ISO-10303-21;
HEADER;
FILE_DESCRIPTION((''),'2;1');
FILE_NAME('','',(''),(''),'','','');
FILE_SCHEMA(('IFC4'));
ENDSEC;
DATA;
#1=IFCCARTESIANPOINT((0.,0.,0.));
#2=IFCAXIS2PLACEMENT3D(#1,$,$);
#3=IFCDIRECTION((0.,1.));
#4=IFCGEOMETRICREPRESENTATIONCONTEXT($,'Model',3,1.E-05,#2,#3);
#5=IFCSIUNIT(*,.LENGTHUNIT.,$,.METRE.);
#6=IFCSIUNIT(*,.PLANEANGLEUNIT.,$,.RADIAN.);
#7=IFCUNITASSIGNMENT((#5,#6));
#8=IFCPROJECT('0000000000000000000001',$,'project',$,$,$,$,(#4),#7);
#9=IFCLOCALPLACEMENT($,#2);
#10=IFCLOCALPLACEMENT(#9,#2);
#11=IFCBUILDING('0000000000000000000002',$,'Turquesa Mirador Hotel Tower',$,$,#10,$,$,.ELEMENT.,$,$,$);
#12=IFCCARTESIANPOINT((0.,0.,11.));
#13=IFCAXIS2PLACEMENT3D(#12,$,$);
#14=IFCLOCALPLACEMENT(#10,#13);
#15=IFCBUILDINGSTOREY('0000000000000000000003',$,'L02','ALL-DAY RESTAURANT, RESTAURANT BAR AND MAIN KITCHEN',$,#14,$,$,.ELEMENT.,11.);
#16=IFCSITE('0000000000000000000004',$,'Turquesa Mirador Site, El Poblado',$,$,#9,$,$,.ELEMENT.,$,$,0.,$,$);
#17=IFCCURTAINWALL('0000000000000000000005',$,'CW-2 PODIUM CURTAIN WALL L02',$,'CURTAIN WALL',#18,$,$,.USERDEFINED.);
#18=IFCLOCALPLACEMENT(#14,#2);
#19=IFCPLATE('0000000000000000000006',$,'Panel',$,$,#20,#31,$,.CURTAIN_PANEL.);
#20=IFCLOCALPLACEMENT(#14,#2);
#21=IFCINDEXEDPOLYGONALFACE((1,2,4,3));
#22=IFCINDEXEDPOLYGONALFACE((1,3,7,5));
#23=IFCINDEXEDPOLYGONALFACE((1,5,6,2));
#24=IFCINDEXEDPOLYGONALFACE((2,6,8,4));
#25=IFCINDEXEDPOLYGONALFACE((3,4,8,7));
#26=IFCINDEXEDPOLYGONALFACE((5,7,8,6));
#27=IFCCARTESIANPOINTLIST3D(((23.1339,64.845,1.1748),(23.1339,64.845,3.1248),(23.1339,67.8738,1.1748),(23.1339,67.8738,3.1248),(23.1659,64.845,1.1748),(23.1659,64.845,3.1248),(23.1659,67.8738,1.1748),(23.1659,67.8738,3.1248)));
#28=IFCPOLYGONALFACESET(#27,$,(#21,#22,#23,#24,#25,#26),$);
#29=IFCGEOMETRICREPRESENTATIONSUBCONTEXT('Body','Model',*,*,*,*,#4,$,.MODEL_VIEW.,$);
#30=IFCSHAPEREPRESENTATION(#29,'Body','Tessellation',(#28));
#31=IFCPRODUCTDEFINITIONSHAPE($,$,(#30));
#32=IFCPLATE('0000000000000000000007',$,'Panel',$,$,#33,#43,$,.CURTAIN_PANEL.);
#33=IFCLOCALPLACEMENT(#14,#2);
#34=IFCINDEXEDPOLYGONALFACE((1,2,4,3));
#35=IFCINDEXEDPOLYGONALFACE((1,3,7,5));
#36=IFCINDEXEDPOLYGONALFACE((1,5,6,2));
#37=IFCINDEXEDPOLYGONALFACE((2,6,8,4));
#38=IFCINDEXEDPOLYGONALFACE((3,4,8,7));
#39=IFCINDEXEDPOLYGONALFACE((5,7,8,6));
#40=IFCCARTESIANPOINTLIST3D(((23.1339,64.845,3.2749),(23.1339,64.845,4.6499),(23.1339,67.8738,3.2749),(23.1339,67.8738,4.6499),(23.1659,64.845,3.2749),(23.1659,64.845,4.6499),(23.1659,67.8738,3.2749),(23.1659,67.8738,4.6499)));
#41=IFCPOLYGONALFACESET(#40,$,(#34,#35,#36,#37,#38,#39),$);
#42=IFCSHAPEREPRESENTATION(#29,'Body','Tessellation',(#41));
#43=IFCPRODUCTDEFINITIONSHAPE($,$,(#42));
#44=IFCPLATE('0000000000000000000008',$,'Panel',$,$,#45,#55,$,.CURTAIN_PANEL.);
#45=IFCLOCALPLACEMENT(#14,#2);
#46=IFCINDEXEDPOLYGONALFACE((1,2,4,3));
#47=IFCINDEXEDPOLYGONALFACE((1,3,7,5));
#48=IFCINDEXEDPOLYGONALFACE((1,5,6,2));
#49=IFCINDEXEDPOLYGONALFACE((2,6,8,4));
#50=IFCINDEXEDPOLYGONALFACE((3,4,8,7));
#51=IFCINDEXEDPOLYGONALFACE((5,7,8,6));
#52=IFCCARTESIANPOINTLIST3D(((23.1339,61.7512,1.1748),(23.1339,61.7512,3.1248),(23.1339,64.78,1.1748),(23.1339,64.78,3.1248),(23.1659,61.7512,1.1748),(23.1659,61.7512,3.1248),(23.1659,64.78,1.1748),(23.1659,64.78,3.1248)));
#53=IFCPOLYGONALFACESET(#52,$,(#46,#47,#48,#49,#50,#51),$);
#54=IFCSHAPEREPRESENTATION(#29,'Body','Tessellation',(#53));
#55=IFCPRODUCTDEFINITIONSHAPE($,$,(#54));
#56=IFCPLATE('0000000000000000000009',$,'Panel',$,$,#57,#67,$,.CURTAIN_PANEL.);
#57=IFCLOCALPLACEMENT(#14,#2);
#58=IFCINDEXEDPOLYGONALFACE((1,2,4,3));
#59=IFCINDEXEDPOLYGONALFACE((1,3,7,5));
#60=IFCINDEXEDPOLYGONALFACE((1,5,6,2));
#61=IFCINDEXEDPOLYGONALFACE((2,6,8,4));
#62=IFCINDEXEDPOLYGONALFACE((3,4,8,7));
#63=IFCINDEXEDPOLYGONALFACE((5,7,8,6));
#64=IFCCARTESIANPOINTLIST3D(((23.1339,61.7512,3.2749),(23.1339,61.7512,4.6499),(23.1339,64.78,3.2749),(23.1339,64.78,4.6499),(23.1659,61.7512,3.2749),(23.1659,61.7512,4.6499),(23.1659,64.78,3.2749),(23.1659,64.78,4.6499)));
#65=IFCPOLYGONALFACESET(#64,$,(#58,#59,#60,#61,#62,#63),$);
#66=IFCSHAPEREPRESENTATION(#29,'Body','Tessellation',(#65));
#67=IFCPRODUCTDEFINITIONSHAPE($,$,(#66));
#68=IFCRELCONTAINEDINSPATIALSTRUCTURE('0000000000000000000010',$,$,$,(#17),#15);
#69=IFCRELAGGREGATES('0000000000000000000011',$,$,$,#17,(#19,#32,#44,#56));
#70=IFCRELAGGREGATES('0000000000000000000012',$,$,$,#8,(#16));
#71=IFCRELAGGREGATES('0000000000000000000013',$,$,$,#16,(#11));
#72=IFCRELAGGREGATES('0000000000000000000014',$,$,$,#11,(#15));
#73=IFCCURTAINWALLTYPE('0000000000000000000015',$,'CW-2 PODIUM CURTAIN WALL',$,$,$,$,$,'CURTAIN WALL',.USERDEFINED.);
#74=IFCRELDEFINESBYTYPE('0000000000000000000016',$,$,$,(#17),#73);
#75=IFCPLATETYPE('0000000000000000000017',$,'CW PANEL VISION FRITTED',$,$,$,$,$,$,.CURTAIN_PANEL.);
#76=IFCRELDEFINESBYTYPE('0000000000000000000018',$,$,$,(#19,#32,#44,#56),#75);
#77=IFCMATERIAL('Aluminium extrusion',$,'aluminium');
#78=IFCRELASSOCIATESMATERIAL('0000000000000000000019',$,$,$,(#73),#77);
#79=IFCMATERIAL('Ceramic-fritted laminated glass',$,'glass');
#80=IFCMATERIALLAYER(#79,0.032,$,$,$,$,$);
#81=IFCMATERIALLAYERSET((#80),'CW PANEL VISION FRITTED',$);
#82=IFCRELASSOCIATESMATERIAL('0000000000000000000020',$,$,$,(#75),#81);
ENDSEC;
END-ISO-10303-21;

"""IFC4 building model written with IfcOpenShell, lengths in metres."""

from ifc_helpers import new_model, si_unit, direction, frame, origin, origin_2d, place, context, subcontext, project, spatial, rectangle, extrude, material, layer, layer_set, type_object, element, aggregate, save


model = new_model("IFC4")

# Units and contexts
model_context = context("Model", 3, precision=1e-05, world=origin(), true_north=direction((0.0, 1.0)))
body_context = subcontext(model_context, "Body", "Model", "MODEL_VIEW")
ifc_project = project(units=[si_unit("LENGTHUNIT", "METRE"), si_unit("PLANEANGLEUNIT", "RADIAN")], contexts=[model_context])

# Site, building, storey
site_placement = place(None, origin())
site = spatial("IfcSite", under=ifc_project, at=site_placement, Name="Turquesa Mirador Site, El Poblado", CompositionType="ELEMENT", RefElevation=0.0)
building_placement = place(site_placement, origin())
building = spatial("IfcBuilding", under=site, at=building_placement, Name="Turquesa Mirador Hotel Tower", CompositionType="ELEMENT")
storey_placement = place(building_placement, frame((0.0, 0.0, 11.0)))
storey = spatial("IfcBuildingStorey", under=building, at=storey_placement, Name="L02", Description="ALL-DAY RESTAURANT, RESTAURANT BAR AND MAIN KITCHEN", CompositionType="ELEMENT", Elevation=11.0)

# Curtain wall
ifc_material_1 = material(Name="Aluminium extrusion", Category="aluminium")
curtain_wall_type = type_object("IfcCurtainWallType", Name="CW-2 PODIUM CURTAIN WALL", ElementType="CURTAIN WALL", PredefinedType="USERDEFINED", material=ifc_material_1)
curtain_wall_1_placement = place(storey_placement, origin())
curtain_wall_1 = element("IfcCurtainWall", 1, at=curtain_wall_1_placement, inside=storey, type_object=curtain_wall_type, Name="CW-2 PODIUM CURTAIN WALL L02", ObjectType="CURTAIN WALL", PredefinedType="USERDEFINED")

# Plates
ifc_material_2 = material(Name="Ceramic-fritted laminated glass", Category="glass")
ifc_layer_1 = layer(ifc_material_2, 0.032)
ifc_layer_set_1 = layer_set([ifc_layer_1], Name="CW PANEL VISION FRITTED")
plate_type_1 = type_object("IfcPlateType", Name="CW PANEL VISION FRITTED", PredefinedType="CURTAIN_PANEL", material=ifc_layer_set_1)
plate_1_placement = place(storey_placement, frame((23.1499, 66.3594, 1.1748), z_axis=(0.0, 0.0, 1.0), x_axis=(0.0, -1.0, 0.0)))
plate_1 = element("IfcPlate", 2, at=plate_1_placement, type_object=plate_type_1, Name="Panel", PredefinedType="CURTAIN_PANEL", context=body_context, shape_type="SweptSolid", body=[
    extrude(rectangle(XDim=3.0288, YDim=0.032, at=origin_2d()), origin(), (0.0, 0.0, 1.0), 1.95),
])
plate_2_placement = place(storey_placement, frame((23.1499, 66.3594, 3.2749), z_axis=(0.0, 0.0, 1.0), x_axis=(0.0, -1.0, 0.0)))
plate_2 = element("IfcPlate", 3, at=plate_2_placement, type_object=plate_type_1, Name="Panel", PredefinedType="CURTAIN_PANEL", context=body_context, shape_type="SweptSolid", body=[
    extrude(rectangle(XDim=3.0288, YDim=0.032, at=origin_2d()), origin(), (0.0, 0.0, 1.0), 1.375),
])
plate_3_placement = place(storey_placement, frame((23.1499, 63.2656, 1.1748), z_axis=(0.0, 0.0, 1.0), x_axis=(0.0, -1.0, 0.0)))
plate_3 = element("IfcPlate", 4, at=plate_3_placement, type_object=plate_type_1, Name="Panel", PredefinedType="CURTAIN_PANEL", context=body_context, shape_type="SweptSolid", body=[
    extrude(rectangle(XDim=3.0288, YDim=0.032, at=origin_2d()), origin(), (0.0, 0.0, 1.0), 1.95),
])
plate_4_placement = place(storey_placement, frame((23.1499, 63.2656, 3.2749), z_axis=(0.0, 0.0, 1.0), x_axis=(0.0, -1.0, 0.0)))
plate_4 = element("IfcPlate", 5, at=plate_4_placement, type_object=plate_type_1, Name="Panel", PredefinedType="CURTAIN_PANEL", context=body_context, shape_type="SweptSolid", body=[
    extrude(rectangle(XDim=3.0288, YDim=0.032, at=origin_2d()), origin(), (0.0, 0.0, 1.0), 1.375),
])
aggregate(curtain_wall_1, [plate_1, plate_2, plate_3, plate_4])

save(model, "model.ifc")
